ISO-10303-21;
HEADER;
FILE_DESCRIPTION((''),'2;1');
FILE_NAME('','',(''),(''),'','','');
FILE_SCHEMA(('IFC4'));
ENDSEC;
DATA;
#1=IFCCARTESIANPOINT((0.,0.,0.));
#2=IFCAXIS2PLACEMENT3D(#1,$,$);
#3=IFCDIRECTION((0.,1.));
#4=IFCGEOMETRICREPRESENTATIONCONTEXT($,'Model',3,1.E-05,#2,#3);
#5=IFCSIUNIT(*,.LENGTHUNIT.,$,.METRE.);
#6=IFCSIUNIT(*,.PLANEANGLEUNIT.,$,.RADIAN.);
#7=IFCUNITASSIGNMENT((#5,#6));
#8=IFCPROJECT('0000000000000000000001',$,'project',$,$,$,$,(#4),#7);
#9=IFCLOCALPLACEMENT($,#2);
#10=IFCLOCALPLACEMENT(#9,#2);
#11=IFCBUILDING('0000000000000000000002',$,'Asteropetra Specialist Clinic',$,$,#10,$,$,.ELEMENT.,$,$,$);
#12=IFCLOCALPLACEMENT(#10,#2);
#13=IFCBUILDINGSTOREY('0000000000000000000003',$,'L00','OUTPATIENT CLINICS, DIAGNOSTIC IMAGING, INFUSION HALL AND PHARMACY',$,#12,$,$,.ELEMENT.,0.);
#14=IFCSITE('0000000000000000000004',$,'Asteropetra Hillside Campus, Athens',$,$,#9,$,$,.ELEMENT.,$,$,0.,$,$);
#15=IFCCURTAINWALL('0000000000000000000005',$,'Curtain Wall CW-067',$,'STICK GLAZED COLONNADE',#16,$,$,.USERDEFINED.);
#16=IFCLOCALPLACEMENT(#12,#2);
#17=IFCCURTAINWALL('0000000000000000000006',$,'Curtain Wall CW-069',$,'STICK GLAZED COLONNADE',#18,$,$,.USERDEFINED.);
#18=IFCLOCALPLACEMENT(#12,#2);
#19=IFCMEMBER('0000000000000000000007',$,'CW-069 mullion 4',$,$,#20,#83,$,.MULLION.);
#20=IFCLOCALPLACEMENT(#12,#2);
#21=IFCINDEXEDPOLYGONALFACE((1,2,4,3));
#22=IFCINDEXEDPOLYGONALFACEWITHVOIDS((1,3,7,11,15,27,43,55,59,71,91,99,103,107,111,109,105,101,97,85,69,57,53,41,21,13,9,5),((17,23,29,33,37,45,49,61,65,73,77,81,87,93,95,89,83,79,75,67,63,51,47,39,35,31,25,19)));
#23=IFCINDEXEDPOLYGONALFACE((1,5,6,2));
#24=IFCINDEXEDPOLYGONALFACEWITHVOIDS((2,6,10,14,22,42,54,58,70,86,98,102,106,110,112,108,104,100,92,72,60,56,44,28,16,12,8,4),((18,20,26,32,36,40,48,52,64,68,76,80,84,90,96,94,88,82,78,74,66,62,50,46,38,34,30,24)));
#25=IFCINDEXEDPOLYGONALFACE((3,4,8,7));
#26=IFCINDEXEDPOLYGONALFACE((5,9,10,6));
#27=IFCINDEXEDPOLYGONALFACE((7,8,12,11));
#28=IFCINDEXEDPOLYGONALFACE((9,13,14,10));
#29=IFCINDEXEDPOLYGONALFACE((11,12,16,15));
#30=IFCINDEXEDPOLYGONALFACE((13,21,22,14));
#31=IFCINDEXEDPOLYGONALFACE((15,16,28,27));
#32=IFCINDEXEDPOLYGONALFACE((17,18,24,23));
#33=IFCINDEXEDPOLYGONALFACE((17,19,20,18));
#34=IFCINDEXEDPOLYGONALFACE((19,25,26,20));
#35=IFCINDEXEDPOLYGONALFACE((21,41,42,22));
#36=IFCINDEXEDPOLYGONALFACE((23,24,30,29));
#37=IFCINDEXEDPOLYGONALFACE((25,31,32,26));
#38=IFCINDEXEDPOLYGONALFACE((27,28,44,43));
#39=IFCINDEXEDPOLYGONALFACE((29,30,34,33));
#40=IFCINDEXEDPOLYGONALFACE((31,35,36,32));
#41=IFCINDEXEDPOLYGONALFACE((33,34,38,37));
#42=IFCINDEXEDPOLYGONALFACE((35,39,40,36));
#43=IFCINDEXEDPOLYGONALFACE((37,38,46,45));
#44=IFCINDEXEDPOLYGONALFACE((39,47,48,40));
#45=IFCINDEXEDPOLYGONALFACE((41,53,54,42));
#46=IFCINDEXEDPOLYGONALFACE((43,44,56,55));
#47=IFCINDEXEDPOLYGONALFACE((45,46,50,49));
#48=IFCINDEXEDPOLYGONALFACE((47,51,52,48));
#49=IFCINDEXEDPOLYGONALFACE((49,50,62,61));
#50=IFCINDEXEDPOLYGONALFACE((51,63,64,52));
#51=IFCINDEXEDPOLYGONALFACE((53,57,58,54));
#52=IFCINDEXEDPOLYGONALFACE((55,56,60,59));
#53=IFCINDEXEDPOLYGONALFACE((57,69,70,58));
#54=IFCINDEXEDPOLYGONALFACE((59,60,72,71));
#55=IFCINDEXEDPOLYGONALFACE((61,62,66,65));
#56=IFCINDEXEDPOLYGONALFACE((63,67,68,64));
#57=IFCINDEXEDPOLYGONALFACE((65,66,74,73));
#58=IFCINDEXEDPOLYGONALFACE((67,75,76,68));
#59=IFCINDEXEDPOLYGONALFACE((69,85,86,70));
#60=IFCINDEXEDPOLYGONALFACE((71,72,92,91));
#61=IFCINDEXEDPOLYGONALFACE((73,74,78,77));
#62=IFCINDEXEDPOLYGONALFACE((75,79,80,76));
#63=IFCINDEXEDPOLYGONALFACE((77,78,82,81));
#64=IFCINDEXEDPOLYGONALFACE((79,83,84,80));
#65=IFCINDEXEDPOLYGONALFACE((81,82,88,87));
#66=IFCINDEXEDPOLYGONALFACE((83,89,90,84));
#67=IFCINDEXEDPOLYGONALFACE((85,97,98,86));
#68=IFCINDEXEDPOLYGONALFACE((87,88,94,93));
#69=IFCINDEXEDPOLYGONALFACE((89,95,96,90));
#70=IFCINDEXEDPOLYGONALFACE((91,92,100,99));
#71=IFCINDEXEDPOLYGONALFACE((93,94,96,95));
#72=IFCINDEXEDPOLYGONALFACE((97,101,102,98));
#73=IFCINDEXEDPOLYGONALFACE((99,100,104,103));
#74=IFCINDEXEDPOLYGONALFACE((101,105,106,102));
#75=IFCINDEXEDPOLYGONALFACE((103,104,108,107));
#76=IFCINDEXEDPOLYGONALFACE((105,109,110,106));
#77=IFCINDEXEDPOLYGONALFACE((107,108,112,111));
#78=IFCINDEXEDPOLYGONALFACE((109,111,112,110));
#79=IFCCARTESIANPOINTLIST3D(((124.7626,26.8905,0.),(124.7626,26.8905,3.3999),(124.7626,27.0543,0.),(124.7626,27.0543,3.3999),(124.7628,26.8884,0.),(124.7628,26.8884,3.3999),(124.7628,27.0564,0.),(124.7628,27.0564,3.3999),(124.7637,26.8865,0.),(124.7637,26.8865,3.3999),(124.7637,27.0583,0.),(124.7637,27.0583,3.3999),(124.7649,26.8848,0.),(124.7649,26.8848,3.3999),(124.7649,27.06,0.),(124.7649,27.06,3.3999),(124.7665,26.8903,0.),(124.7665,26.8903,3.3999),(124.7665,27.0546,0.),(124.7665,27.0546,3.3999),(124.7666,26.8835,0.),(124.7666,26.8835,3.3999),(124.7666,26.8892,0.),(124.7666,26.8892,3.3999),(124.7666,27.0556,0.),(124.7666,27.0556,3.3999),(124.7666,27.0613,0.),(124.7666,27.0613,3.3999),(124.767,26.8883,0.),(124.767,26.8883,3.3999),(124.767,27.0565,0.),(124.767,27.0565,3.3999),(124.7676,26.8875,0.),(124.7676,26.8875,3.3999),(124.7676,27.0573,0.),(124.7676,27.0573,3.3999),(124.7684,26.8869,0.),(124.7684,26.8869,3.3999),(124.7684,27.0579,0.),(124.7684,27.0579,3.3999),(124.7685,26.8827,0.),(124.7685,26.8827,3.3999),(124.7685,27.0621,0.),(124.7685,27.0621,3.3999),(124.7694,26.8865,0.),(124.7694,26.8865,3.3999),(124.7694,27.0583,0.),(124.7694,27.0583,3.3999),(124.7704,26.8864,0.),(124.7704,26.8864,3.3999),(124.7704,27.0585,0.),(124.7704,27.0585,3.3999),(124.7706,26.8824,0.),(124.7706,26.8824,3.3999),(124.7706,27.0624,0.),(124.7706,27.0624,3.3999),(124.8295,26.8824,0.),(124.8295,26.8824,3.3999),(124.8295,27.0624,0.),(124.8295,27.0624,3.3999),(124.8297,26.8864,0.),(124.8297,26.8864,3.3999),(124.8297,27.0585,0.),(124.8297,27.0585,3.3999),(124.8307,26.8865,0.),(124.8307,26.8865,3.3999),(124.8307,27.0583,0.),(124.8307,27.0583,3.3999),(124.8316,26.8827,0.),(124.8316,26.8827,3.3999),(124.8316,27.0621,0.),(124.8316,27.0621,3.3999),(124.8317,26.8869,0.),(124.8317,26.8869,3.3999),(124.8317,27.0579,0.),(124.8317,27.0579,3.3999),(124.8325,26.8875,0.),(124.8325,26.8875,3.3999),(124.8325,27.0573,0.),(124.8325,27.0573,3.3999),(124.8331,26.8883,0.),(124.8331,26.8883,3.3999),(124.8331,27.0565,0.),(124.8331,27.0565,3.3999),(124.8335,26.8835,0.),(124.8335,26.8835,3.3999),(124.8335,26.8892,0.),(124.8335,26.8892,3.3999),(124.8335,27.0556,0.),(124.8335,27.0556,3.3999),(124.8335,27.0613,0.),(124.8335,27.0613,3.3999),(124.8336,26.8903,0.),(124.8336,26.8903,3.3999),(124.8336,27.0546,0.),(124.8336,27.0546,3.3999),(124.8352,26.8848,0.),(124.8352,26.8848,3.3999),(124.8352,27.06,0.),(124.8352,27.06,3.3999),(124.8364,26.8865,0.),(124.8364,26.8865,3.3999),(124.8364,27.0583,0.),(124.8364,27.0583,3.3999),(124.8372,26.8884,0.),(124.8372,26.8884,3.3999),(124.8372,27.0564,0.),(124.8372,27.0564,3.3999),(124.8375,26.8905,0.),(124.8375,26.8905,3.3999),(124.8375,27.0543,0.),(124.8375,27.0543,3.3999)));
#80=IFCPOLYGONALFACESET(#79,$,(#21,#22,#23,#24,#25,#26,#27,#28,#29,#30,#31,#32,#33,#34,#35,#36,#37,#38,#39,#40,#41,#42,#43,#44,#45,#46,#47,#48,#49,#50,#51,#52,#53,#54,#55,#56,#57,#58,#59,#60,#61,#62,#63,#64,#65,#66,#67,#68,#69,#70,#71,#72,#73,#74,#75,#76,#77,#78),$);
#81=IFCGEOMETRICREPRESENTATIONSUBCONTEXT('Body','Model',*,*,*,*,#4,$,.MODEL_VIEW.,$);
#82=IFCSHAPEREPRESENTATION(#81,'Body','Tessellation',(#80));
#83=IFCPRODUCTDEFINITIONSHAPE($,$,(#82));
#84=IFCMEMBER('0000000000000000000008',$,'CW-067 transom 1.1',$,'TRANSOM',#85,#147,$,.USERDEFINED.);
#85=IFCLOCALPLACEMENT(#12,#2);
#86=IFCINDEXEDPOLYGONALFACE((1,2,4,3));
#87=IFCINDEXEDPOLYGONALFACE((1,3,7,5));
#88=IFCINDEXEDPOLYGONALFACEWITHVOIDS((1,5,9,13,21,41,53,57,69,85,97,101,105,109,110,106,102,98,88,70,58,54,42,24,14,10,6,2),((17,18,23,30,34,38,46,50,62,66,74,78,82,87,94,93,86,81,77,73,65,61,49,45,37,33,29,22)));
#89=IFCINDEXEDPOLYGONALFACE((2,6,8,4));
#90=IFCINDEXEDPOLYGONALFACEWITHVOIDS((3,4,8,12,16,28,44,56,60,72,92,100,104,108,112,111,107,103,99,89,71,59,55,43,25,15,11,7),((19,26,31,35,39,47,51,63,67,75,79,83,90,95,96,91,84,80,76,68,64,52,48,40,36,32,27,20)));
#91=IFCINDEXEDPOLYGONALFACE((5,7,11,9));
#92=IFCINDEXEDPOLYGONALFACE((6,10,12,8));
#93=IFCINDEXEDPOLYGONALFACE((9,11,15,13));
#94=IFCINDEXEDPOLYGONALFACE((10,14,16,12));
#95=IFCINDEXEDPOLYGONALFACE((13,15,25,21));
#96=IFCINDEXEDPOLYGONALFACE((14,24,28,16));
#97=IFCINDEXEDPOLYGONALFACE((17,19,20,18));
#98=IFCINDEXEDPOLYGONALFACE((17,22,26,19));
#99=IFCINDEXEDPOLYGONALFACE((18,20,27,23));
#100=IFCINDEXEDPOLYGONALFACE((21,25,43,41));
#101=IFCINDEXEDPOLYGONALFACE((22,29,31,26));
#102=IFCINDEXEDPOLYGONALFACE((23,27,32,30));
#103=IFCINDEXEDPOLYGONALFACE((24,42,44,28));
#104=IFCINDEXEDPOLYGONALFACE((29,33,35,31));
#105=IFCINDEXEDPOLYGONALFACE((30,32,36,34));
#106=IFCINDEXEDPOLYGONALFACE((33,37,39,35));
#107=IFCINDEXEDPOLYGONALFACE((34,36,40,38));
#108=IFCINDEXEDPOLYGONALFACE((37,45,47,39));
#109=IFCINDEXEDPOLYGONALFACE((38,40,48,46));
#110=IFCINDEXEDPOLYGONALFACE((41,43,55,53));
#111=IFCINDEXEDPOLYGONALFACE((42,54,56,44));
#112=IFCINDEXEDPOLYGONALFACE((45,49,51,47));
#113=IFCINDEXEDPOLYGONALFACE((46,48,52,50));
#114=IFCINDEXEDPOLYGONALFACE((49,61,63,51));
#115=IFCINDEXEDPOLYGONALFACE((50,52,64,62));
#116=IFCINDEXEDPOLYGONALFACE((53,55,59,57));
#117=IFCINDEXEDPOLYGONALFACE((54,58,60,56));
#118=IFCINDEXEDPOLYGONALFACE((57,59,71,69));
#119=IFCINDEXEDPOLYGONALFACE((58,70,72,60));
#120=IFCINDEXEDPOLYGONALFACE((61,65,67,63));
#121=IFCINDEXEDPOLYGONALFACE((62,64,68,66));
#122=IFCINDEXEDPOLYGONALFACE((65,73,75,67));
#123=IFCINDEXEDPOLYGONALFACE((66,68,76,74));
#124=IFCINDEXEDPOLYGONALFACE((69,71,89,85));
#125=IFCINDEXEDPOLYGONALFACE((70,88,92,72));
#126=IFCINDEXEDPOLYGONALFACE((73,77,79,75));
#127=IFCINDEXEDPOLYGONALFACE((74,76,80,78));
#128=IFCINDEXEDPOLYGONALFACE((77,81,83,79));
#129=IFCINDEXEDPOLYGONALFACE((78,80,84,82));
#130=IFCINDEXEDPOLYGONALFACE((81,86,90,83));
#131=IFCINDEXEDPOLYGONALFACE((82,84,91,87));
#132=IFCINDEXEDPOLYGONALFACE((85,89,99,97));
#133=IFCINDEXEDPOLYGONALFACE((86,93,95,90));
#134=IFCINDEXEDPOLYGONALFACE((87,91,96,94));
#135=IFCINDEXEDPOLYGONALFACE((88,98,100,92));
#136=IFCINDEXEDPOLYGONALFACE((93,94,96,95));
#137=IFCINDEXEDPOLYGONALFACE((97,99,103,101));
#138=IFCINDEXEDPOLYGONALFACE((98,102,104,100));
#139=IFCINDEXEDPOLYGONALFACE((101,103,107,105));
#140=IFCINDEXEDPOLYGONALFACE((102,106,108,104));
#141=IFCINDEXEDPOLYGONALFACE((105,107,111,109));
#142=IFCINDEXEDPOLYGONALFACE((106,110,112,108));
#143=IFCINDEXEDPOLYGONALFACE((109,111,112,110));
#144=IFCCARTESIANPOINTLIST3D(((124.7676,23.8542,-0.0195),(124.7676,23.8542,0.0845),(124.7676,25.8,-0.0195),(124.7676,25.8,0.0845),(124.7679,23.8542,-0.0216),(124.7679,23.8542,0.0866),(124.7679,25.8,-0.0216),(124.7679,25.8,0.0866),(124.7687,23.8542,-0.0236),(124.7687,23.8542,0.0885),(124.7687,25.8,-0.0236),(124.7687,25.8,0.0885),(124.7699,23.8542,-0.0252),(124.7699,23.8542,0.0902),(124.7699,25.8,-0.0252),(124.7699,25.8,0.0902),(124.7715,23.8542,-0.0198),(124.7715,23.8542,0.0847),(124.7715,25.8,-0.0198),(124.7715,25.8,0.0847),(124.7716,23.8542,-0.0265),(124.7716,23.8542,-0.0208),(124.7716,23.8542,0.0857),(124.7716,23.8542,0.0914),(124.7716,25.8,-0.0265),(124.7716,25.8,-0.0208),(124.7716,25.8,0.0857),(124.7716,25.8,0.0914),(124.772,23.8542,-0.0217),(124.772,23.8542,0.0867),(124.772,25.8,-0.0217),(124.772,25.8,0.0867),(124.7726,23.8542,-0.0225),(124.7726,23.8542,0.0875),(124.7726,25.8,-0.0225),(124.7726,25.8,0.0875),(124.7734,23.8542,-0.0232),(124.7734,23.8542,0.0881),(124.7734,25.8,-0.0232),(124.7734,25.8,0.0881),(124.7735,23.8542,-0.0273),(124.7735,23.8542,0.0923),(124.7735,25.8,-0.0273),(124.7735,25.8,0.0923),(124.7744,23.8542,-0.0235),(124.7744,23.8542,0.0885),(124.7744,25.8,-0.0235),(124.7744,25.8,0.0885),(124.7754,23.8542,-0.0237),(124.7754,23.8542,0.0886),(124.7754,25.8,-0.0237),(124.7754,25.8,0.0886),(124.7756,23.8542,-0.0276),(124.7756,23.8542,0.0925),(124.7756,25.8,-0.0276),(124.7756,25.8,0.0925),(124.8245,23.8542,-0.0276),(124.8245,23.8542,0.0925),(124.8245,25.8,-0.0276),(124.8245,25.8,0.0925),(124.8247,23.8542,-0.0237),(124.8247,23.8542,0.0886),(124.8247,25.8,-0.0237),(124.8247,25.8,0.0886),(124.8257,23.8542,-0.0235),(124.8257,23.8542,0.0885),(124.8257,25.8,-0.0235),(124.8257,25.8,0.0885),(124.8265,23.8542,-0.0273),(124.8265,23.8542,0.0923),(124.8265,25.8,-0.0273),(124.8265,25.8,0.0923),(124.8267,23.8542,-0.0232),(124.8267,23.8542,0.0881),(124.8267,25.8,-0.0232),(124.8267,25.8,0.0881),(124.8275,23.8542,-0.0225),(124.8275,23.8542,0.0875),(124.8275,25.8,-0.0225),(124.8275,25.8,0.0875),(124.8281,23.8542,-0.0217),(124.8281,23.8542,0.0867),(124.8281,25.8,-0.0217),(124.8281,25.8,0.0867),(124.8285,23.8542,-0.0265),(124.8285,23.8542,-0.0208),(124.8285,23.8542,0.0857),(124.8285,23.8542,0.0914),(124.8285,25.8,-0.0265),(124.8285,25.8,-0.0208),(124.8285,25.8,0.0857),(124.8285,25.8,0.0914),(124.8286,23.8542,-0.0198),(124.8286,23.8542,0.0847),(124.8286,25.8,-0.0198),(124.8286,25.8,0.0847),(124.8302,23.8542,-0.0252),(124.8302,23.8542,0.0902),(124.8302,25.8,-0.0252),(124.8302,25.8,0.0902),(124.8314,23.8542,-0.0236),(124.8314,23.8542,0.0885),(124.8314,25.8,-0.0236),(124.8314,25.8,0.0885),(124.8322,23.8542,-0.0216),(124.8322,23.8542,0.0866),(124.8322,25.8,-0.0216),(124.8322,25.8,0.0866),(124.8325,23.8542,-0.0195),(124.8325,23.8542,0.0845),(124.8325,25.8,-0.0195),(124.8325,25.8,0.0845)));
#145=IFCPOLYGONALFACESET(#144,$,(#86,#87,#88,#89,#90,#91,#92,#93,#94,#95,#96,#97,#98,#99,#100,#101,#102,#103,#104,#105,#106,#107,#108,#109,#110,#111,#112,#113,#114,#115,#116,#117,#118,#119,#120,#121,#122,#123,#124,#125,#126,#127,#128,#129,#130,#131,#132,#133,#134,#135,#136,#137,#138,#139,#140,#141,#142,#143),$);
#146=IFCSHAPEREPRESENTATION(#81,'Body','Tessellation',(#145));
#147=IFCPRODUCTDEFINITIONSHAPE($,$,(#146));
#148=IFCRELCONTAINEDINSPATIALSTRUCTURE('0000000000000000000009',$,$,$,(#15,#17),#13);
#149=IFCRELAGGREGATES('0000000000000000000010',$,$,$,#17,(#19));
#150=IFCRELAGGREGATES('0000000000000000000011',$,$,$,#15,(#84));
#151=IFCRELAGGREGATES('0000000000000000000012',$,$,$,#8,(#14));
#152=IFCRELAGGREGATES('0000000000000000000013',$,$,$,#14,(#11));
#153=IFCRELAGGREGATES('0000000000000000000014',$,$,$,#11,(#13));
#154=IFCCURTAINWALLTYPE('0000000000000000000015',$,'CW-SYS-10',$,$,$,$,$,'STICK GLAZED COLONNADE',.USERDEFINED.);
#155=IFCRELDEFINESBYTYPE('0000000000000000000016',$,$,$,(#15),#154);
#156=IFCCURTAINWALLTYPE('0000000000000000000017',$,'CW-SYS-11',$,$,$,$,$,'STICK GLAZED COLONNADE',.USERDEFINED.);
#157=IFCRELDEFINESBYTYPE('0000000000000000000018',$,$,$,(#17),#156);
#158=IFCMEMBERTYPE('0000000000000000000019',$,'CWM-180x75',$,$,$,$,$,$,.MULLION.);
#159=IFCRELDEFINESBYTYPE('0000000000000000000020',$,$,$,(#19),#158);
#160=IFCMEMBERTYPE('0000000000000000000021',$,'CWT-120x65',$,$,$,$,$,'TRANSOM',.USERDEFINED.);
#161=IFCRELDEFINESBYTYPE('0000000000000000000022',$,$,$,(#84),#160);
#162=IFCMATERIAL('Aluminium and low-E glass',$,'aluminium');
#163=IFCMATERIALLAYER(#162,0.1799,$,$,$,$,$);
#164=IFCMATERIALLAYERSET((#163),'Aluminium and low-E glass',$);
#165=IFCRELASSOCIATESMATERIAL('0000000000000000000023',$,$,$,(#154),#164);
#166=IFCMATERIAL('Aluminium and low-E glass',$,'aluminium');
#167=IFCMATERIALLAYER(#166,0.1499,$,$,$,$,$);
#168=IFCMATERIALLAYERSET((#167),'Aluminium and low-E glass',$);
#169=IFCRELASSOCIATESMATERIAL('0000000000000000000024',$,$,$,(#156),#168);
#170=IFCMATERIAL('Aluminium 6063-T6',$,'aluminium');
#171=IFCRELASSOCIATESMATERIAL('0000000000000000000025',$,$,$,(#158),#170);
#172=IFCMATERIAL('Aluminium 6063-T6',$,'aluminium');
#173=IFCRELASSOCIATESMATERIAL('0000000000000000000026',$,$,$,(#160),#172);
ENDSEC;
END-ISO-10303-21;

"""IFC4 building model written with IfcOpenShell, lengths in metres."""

from ifc_helpers import new_model, si_unit, direction, frame, origin, origin_2d, place, context, subcontext, project, spatial, hollow_rectangle, extrude, material, layer, layer_set, material_profile, profile_set, type_object, element, aggregate, save


model = new_model("IFC4")

# Units and contexts
model_context = context("Model", 3, precision=1e-05, world=origin(), true_north=direction((0.0, 1.0)))
body_context = subcontext(model_context, "Body", "Model", "MODEL_VIEW")
ifc_project = project(units=[si_unit("LENGTHUNIT", "METRE"), si_unit("PLANEANGLEUNIT", "RADIAN")], contexts=[model_context])

# Site, building, storey
site_placement = place(None, origin())
site = spatial("IfcSite", under=ifc_project, at=site_placement, Name="Asteropetra Hillside Campus, Athens", CompositionType="ELEMENT", RefElevation=0.0)
building_placement = place(site_placement, origin())
building = spatial("IfcBuilding", under=site, at=building_placement, Name="Asteropetra Specialist Clinic", CompositionType="ELEMENT")
storey_placement = place(building_placement, origin())
storey = spatial("IfcBuildingStorey", under=building, at=storey_placement, Name="L00", Description="OUTPATIENT CLINICS, DIAGNOSTIC IMAGING, INFUSION HALL AND PHARMACY", CompositionType="ELEMENT", Elevation=0.0)

# Curtain walls, member
ifc_material_1 = material(Name="Aluminium and low-E glass", Category="aluminium")
ifc_layer_1 = layer(ifc_material_1, 0.1799)
ifc_layer_set_1 = layer_set([ifc_layer_1], Name="Aluminium and low-E glass")
curtain_wall_type_1 = type_object("IfcCurtainWallType", Name="CW-SYS-10", ElementType="STICK GLAZED COLONNADE", PredefinedType="USERDEFINED", material=ifc_layer_set_1)
curtain_wall_1_placement = place(storey_placement, origin())
curtain_wall_1 = element("IfcCurtainWall", 1, at=curtain_wall_1_placement, inside=storey, type_object=curtain_wall_type_1, Name="Curtain Wall CW-067", ObjectType="STICK GLAZED COLONNADE", PredefinedType="USERDEFINED")
ifc_material_2 = material(Name="Aluminium and low-E glass", Category="aluminium")
ifc_layer_2 = layer(ifc_material_2, 0.1499)
ifc_layer_set_2 = layer_set([ifc_layer_2], Name="Aluminium and low-E glass")
curtain_wall_type_2 = type_object("IfcCurtainWallType", Name="CW-SYS-11", ElementType="STICK GLAZED COLONNADE", PredefinedType="USERDEFINED", material=ifc_layer_set_2)
curtain_wall_2_placement = place(storey_placement, origin())
curtain_wall_2 = element("IfcCurtainWall", 2, at=curtain_wall_2_placement, inside=storey, type_object=curtain_wall_type_2, Name="Curtain Wall CW-069", ObjectType="STICK GLAZED COLONNADE", PredefinedType="USERDEFINED")
ifc_material_3 = material(Name="Aluminium 6063-T6", Category="aluminium")
ifc_material_profile_1 = material_profile(ifc_material_3, hollow_rectangle(XDim=0.075, YDim=0.1799, WallThickness=0.0039, InnerFilletRadius=0.0039, OuterFilletRadius=0.0081, at=origin_2d()), Name="MUL 180x75x4.0")
ifc_profile_set_1 = profile_set([ifc_material_profile_1], Name="Aluminium 6063-T6")
member_type_1 = type_object("IfcMemberType", Name="CWM-180x75", PredefinedType="MULLION", material=ifc_profile_set_1)
member_1_placement = place(storey_placement, frame((124.8, 26.9724, 0.0), z_axis=(0.0, 0.0, 1.0), x_axis=(1.0, 0.0, 0.0)))
member_1 = element("IfcMember", 3, at=member_1_placement, type_object=member_type_1, Name="CW-069 mullion 4", PredefinedType="MULLION", context=body_context, shape_type="SweptSolid", body=[
    extrude(hollow_rectangle(XDim=0.075, YDim=0.1799, WallThickness=0.0039, InnerFilletRadius=0.0039, OuterFilletRadius=0.0081, at=origin_2d()), origin(), (0.0, 0.0, 1.0), 3.3999),
])

# Member
ifc_material_4 = material(Name="Aluminium 6063-T6", Category="aluminium")
ifc_material_profile_2 = material_profile(ifc_material_4, hollow_rectangle(XDim=0.0649, YDim=0.1201, WallThickness=0.0039, InnerFilletRadius=0.0039, OuterFilletRadius=0.0081, at=origin_2d()), Name="TRN 120x65x4.0")
ifc_profile_set_2 = profile_set([ifc_material_profile_2], Name="Aluminium 6063-T6")
member_type_2 = type_object("IfcMemberType", Name="CWT-120x65", ElementType="TRANSOM", PredefinedType="USERDEFINED", material=ifc_profile_set_2)
member_2_placement = place(storey_placement, frame((124.8, 25.8, 0.0325), z_axis=(0.0, -1.0, 0.0), x_axis=(1.0, 0.0, 0.0)))
member_2 = element("IfcMember", 4, at=member_2_placement, type_object=member_type_2, Name="CW-067 transom 1.1", ObjectType="TRANSOM", PredefinedType="USERDEFINED", context=body_context, shape_type="SweptSolid", body=[
    extrude(hollow_rectangle(XDim=0.0649, YDim=0.1201, WallThickness=0.0039, InnerFilletRadius=0.0039, OuterFilletRadius=0.0081, at=origin_2d()), origin(), (0.0, 0.0, 1.0), 1.9458),
])

aggregate(curtain_wall_2, [member_1])
aggregate(curtain_wall_1, [member_2])

save(model, "model.ifc")
